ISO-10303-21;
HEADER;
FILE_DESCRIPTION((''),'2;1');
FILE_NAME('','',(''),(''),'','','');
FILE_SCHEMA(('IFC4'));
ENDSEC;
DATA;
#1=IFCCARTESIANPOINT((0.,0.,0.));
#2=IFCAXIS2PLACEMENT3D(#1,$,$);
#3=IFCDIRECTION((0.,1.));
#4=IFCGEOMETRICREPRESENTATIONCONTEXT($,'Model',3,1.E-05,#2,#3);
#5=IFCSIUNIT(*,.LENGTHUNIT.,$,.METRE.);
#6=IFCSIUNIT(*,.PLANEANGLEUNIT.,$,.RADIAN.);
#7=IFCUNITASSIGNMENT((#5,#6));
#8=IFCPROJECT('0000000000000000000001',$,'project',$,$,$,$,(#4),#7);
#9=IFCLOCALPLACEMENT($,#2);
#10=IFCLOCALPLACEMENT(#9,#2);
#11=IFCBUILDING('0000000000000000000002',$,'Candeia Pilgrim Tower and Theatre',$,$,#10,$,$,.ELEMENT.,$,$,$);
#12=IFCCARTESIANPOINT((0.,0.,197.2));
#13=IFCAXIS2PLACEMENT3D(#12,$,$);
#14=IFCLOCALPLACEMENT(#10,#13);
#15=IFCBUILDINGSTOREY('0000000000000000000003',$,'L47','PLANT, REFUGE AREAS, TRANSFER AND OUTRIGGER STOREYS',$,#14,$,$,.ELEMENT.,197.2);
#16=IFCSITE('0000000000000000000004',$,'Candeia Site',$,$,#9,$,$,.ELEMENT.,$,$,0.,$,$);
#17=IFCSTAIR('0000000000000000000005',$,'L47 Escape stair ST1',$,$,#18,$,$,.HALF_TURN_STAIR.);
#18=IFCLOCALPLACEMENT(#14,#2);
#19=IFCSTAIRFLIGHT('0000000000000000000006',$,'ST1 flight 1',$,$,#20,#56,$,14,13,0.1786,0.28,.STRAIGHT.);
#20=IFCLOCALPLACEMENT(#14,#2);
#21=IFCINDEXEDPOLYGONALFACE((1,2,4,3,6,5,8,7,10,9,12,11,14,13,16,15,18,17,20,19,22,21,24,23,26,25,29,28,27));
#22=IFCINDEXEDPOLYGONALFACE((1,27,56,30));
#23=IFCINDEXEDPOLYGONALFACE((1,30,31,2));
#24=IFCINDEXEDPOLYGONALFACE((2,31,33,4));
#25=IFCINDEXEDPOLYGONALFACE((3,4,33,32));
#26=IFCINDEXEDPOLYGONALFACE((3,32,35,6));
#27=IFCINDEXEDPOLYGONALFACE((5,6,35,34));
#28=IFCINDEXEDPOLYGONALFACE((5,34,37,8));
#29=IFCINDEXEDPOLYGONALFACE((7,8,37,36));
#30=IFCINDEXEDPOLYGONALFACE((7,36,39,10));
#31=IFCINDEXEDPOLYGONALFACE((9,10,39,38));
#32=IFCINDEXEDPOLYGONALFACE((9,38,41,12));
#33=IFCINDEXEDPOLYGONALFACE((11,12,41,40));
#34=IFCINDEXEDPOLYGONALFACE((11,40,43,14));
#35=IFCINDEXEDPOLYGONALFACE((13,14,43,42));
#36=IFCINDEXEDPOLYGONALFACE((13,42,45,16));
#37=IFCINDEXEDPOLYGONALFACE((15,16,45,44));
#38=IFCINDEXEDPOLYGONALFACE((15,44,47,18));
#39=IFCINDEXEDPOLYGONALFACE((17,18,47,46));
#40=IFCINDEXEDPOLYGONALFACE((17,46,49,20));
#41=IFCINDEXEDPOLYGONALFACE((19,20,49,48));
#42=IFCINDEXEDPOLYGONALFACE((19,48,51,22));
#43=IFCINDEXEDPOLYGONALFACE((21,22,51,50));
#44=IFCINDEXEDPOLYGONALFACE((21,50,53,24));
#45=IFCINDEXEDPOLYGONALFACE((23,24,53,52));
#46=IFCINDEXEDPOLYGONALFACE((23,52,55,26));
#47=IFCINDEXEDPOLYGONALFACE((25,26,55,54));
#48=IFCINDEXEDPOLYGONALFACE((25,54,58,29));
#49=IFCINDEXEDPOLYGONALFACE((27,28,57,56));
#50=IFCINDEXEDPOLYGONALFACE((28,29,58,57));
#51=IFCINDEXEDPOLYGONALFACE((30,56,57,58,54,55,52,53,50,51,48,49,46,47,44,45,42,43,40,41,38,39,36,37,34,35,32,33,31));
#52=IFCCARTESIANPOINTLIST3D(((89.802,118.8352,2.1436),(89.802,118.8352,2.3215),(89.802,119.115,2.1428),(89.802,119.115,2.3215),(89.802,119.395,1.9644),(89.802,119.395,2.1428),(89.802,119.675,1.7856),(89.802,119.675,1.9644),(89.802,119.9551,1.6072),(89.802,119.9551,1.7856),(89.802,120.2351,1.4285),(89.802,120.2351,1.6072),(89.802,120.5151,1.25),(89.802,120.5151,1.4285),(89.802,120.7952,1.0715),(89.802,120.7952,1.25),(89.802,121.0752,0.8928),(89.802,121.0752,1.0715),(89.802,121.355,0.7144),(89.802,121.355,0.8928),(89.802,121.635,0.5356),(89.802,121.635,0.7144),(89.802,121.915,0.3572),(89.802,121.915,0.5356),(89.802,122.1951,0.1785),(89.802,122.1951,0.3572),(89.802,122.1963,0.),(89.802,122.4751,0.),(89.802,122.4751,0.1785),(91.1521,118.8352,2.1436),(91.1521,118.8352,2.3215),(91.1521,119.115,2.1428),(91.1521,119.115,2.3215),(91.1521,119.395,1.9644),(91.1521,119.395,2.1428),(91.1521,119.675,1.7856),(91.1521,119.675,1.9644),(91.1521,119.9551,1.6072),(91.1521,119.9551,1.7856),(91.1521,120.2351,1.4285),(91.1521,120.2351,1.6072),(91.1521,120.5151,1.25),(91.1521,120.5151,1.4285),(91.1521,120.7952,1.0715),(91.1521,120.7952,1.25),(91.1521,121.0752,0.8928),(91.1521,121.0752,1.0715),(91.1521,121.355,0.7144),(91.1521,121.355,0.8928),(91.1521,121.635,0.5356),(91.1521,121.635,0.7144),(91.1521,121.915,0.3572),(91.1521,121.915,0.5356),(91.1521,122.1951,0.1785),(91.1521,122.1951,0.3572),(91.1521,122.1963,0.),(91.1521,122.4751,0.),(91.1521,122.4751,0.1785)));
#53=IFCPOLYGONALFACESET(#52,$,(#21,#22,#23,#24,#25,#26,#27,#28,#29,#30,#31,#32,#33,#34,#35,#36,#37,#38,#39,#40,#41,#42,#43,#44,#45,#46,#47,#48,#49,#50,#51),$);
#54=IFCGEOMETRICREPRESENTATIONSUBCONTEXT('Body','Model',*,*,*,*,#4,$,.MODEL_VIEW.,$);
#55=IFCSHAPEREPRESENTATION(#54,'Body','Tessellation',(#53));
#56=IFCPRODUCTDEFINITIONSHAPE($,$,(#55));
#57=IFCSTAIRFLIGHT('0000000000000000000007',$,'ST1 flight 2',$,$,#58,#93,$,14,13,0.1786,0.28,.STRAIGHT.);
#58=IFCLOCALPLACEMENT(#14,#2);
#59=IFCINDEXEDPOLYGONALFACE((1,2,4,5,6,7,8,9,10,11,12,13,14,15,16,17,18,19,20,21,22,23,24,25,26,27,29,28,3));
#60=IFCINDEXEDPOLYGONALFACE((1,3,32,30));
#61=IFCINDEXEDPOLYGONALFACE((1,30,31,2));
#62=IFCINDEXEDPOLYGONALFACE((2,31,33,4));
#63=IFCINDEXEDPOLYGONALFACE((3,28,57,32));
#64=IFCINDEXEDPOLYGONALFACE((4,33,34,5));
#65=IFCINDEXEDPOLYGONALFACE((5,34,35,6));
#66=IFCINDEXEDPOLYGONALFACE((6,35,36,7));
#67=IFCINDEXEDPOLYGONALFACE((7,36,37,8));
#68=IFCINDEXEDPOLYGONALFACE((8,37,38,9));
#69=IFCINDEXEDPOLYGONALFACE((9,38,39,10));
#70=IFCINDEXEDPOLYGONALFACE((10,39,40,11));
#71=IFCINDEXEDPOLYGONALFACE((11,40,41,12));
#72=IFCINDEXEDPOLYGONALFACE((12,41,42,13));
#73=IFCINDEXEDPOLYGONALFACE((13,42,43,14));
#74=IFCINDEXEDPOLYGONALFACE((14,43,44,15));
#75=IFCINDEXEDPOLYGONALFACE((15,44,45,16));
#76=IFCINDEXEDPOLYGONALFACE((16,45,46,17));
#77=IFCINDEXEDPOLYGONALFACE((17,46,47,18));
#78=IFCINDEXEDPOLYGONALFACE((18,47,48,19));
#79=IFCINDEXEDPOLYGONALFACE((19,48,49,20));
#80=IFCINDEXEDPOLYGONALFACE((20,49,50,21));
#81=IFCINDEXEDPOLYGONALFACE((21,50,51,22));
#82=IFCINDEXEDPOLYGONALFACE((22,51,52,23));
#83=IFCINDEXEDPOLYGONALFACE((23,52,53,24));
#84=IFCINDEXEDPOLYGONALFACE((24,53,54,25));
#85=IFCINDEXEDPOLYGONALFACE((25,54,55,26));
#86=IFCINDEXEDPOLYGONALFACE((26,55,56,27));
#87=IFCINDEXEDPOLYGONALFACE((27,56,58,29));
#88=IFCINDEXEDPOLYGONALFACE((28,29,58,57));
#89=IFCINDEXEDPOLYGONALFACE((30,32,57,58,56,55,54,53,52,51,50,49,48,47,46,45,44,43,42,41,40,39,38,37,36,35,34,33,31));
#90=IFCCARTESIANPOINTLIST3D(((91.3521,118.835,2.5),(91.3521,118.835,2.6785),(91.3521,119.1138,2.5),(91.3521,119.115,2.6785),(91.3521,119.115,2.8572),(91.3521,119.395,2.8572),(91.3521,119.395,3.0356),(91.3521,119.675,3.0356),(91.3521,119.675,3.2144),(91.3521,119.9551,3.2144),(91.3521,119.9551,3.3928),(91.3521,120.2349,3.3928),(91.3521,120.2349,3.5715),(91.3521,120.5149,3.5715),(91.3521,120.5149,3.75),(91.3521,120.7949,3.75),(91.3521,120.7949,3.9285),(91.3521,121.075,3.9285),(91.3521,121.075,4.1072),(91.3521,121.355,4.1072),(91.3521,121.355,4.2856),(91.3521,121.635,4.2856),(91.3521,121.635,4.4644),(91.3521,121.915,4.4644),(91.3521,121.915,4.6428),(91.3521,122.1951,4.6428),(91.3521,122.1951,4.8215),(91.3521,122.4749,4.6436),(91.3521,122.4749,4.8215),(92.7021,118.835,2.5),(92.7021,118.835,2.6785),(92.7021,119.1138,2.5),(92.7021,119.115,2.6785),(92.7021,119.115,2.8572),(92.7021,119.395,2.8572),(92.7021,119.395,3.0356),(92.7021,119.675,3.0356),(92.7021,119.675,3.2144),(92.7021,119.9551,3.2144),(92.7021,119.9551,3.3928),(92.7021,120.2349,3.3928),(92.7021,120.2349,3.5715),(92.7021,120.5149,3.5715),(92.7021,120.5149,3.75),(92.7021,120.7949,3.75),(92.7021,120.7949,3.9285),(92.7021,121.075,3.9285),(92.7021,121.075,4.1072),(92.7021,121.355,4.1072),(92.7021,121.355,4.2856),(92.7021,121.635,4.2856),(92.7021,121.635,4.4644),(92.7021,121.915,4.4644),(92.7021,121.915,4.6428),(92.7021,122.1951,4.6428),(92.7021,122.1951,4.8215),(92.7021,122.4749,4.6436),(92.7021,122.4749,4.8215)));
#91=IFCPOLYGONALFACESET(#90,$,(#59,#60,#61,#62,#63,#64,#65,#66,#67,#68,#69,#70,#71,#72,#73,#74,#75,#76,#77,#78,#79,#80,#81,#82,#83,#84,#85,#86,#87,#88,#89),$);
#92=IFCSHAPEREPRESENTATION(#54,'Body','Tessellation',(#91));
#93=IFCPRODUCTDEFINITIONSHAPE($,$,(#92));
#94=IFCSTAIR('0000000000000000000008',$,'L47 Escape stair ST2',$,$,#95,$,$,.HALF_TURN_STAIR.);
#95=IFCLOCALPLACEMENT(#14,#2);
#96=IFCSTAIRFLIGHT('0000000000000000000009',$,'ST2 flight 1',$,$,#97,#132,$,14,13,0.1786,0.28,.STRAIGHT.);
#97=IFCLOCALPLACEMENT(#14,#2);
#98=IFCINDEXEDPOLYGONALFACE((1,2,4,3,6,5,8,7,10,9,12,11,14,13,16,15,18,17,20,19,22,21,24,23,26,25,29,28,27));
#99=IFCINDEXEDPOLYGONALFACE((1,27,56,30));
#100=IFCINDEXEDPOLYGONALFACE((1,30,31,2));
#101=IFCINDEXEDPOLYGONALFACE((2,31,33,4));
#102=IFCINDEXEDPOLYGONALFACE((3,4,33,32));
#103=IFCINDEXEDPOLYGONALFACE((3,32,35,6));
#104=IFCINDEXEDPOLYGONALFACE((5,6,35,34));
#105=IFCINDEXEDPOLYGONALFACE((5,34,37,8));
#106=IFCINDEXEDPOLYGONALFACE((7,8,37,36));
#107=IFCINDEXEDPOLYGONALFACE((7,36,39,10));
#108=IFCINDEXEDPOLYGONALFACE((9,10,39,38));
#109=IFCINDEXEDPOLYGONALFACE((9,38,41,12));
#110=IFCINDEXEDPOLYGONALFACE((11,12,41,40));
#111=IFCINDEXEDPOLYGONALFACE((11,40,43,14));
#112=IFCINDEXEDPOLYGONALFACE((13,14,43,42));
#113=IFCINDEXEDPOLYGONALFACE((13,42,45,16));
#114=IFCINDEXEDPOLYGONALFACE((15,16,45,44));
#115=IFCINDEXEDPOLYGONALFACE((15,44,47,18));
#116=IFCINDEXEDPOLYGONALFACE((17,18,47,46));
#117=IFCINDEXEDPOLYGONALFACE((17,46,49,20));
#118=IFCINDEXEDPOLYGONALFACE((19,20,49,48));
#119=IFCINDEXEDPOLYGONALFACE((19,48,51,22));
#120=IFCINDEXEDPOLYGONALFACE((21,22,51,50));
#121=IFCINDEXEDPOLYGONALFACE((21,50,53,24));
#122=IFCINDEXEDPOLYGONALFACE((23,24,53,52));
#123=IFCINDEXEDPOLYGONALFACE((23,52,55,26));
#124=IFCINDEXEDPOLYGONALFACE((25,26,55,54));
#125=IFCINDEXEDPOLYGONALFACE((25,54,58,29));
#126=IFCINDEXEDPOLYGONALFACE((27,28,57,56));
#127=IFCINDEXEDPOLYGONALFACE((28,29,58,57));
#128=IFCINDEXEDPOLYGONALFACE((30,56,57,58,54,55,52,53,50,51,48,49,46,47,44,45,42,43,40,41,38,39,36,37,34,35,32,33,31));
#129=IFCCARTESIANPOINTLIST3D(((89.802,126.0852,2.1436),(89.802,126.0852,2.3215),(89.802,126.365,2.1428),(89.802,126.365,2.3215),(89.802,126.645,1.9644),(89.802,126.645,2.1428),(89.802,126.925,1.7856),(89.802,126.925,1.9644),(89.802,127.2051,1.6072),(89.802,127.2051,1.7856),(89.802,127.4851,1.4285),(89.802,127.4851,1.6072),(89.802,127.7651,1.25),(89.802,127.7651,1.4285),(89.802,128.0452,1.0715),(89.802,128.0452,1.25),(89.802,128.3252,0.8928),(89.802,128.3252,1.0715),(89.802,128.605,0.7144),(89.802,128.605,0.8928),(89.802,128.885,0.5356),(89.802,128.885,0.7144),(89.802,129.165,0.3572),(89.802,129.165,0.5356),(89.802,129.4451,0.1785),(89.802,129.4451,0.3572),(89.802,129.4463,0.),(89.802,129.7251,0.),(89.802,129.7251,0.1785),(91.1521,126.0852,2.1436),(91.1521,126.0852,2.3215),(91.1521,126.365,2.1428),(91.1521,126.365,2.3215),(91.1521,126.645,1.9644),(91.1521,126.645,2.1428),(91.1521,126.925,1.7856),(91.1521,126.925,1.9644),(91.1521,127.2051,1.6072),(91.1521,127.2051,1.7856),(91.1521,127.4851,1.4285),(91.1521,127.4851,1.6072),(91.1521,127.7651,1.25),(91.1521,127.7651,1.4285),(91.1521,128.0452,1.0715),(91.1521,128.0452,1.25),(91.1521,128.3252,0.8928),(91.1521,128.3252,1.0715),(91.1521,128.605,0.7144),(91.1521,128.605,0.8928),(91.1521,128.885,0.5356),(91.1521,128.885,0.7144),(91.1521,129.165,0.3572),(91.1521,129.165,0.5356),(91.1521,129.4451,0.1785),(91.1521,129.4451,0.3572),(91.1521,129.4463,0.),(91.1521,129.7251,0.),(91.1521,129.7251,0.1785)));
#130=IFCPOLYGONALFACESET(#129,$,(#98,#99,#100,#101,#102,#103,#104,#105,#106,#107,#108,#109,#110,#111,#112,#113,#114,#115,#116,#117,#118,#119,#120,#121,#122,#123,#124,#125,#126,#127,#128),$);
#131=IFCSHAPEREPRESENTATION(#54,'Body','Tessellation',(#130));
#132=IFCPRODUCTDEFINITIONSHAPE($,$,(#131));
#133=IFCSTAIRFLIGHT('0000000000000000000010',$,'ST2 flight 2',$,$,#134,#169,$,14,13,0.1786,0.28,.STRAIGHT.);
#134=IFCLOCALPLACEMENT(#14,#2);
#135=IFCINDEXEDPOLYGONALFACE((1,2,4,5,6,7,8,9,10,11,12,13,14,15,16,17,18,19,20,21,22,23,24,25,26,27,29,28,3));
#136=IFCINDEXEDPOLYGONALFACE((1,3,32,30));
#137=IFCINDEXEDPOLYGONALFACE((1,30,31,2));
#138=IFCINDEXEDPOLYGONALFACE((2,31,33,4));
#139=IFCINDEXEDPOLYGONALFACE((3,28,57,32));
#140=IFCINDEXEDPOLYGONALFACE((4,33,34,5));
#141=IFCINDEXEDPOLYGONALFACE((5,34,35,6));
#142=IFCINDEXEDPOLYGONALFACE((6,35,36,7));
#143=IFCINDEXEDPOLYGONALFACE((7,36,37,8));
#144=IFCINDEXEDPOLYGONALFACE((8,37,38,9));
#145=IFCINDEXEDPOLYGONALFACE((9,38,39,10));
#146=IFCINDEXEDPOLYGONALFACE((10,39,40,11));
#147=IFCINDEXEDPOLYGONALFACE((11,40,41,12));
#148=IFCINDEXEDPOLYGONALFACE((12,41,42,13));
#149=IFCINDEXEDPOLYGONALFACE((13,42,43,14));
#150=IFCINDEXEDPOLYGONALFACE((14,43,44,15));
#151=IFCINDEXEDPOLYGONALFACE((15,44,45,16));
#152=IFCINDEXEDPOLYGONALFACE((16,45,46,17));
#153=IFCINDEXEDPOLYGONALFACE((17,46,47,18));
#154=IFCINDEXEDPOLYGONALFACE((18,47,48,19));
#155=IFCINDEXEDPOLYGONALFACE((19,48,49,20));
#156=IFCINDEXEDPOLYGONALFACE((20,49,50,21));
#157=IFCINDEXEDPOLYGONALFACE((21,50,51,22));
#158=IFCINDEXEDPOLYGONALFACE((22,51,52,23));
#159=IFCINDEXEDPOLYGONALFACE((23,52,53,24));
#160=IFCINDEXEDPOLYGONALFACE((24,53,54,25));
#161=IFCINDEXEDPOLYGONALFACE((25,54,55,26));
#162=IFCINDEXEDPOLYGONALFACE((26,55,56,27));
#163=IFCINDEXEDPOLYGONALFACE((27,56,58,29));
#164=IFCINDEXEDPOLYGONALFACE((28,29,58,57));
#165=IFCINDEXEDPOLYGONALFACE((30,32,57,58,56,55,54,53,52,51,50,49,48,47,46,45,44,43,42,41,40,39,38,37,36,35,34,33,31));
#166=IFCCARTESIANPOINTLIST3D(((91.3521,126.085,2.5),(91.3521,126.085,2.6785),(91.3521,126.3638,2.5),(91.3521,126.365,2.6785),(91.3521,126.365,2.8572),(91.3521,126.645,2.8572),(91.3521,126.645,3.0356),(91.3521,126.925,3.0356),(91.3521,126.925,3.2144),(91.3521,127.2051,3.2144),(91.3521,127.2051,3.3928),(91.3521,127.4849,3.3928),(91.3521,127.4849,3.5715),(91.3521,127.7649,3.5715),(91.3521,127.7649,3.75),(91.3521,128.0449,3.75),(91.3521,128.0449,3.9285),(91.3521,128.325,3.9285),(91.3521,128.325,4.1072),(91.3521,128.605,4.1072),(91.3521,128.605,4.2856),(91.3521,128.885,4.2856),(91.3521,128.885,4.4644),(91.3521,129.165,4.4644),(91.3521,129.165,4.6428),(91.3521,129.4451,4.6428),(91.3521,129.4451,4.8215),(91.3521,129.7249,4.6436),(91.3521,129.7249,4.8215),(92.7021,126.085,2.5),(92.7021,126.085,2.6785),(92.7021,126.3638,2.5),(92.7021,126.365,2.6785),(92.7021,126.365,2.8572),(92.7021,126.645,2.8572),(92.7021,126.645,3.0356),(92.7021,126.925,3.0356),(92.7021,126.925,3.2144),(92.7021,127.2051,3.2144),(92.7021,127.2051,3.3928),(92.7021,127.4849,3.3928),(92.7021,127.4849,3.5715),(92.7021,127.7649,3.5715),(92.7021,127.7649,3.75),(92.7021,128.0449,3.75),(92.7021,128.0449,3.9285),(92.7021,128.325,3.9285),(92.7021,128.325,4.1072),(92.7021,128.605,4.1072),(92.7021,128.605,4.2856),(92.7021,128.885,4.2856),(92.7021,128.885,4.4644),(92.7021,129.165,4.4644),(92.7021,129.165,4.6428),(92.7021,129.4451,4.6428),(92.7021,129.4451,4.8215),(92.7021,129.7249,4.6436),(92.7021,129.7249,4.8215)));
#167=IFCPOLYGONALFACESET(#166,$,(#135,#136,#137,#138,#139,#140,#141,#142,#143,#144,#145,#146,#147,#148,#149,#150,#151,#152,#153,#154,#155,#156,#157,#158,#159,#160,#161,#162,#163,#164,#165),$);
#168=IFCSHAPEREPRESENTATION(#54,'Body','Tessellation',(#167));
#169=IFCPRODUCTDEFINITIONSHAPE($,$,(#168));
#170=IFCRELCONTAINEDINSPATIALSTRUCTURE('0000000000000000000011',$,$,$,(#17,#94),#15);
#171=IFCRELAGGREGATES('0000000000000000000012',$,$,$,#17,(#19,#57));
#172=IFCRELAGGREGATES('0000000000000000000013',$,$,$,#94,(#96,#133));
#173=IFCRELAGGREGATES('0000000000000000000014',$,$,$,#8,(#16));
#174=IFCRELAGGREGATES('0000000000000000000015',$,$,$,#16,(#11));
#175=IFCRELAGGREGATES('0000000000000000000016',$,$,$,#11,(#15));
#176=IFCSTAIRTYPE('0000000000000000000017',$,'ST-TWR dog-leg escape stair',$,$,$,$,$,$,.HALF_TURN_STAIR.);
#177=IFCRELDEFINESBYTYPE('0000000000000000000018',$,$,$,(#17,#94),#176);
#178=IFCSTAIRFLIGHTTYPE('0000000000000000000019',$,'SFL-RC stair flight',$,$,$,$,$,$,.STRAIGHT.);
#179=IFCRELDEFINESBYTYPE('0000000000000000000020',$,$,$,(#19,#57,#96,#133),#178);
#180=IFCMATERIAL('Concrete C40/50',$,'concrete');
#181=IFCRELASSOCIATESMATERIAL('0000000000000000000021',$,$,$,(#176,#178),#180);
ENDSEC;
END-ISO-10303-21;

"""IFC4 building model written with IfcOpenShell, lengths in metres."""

from ifc_helpers import new_model, si_unit, direction, frame, origin, place, context, subcontext, project, spatial, polyline, outline, extrude, material, type_object, element, aggregate, save


model = new_model("IFC4")

# Units and contexts
model_context = context("Model", 3, precision=1e-05, world=origin(), true_north=direction((0.0, 1.0)))
body_context = subcontext(model_context, "Body", "Model", "MODEL_VIEW")
ifc_project = project(units=[si_unit("LENGTHUNIT", "METRE"), si_unit("PLANEANGLEUNIT", "RADIAN")], contexts=[model_context])

# Site, building, storey
site_placement = place(None, origin())
site = spatial("IfcSite", under=ifc_project, at=site_placement, Name="Candeia Site", CompositionType="ELEMENT", RefElevation=0.0)
building_placement = place(site_placement, origin())
building = spatial("IfcBuilding", under=site, at=building_placement, Name="Candeia Pilgrim Tower and Theatre", CompositionType="ELEMENT")
storey_placement = place(building_placement, frame((0.0, 0.0, 197.2)))
storey = spatial("IfcBuildingStorey", under=building, at=storey_placement, Name="L47", Description="PLANT, REFUGE AREAS, TRANSFER AND OUTRIGGER STOREYS", CompositionType="ELEMENT", Elevation=197.2)

# Shared definitions
ifc_material_1 = material(Name="Concrete C40/50", Category="concrete")

# Stairs, stair flights
stair_type = type_object("IfcStairType", Name="ST-TWR dog-leg escape stair", PredefinedType="HALF_TURN_STAIR", material=ifc_material_1)
stair_1_placement = place(storey_placement, origin())
stair_1 = element("IfcStair", 1, at=stair_1_placement, inside=storey, type_object=stair_type, Name="L47 Escape stair ST1", PredefinedType="HALF_TURN_STAIR")
stair_flight_type = type_object("IfcStairFlightType", Name="SFL-RC stair flight", PredefinedType="STRAIGHT", material=ifc_material_1)
stair_flight_1_placement = place(storey_placement, frame((90.4771, 122.4751, 0.0), z_axis=(0.0, 0.0, 1.0), x_axis=(0.0, -1.0, 0.0)))
stair_flight_1 = element("IfcStairFlight", 2, at=stair_flight_1_placement, type_object=stair_flight_type, Name="ST1 flight 1", NumberOfRisers=14, NumberOfTreads=13, PredefinedType="STRAIGHT", RiserHeight=0.1786, TreadLength=0.28, context=body_context, shape_type="SweptSolid", body=[
    extrude(outline(polyline([(0.0, 0.0), (0.0, 0.1785), (0.28, 0.1785), (0.28, 0.3572), (0.5601, 0.3572), (0.5601, 0.5356), (0.8401, 0.5356), (0.8401, 0.7144), (1.1201, 0.7144), (1.1201, 0.8928), (1.3999, 0.8928), (1.3999, 1.0715), (1.6799, 1.0715), (1.6799, 1.25), (1.96, 1.25), (1.96, 1.4285), (2.24, 1.4285), (2.24, 1.6072), (2.52, 1.6072), (2.52, 1.7856), (2.8, 1.7856), (2.8, 1.9644), (3.0801, 1.9644), (3.0801, 2.1428), (3.3601, 2.1428), (3.3601, 2.3215), (3.6399, 2.3215), (3.6399, 2.5), (3.6399, 2.1436), (0.2788, 0.0), (0.0, 0.0)])), frame((0.0, 0.675, 0.0), z_axis=(0.0, -1.0, 0.0), x_axis=(1.0, 0.0, 0.0)), (0.0, 0.0, 1.0), 1.3501),
])
stair_flight_2_placement = place(storey_placement, frame((92.0271, 118.835, 2.5), z_axis=(0.0, 0.0, 1.0), x_axis=(0.0, 1.0, 0.0)))
stair_flight_2 = element("IfcStairFlight", 3, at=stair_flight_2_placement, type_object=stair_flight_type, Name="ST1 flight 2", NumberOfRisers=14, NumberOfTreads=13, PredefinedType="STRAIGHT", RiserHeight=0.1786, TreadLength=0.28, context=body_context, shape_type="SweptSolid", body=[
    extrude(outline(polyline([(0.0, 0.0), (0.0, 0.1785), (0.28, 0.1785), (0.28, 0.3572), (0.5601, 0.3572), (0.5601, 0.5356), (0.8401, 0.5356), (0.8401, 0.7144), (1.1201, 0.7144), (1.1201, 0.8928), (1.3999, 0.8928), (1.3999, 1.0715), (1.6799, 1.0715), (1.6799, 1.25), (1.96, 1.25), (1.96, 1.4285), (2.24, 1.4285), (2.24, 1.6072), (2.52, 1.6072), (2.52, 1.7856), (2.8, 1.7856), (2.8, 1.9644), (3.0801, 1.9644), (3.0801, 2.1428), (3.3601, 2.1428), (3.3601, 2.3215), (3.6399, 2.3215), (3.6399, 2.5), (3.6399, 2.1436), (0.2788, 0.0), (0.0, 0.0)])), frame((0.0, 0.675, 0.0), z_axis=(0.0, -1.0, 0.0), x_axis=(1.0, 0.0, 0.0)), (0.0, 0.0, 1.0), 1.3501),
])
aggregate(stair_1, [stair_flight_1, stair_flight_2])
stair_2_placement = place(storey_placement, origin())
stair_2 = element("IfcStair", 4, at=stair_2_placement, inside=storey, type_object=stair_type, Name="L47 Escape stair ST2", PredefinedType="HALF_TURN_STAIR")
stair_flight_3_placement = place(storey_placement, frame((90.4771, 129.7251, 0.0), z_axis=(0.0, 0.0, 1.0), x_axis=(0.0, -1.0, 0.0)))
stair_flight_3 = element("IfcStairFlight", 5, at=stair_flight_3_placement, type_object=stair_flight_type, Name="ST2 flight 1", NumberOfRisers=14, NumberOfTreads=13, PredefinedType="STRAIGHT", RiserHeight=0.1786, TreadLength=0.28, context=body_context, shape_type="SweptSolid", body=[
    extrude(outline(polyline([(0.0, 0.0), (0.0, 0.1785), (0.28, 0.1785), (0.28, 0.3572), (0.5601, 0.3572), (0.5601, 0.5356), (0.8401, 0.5356), (0.8401, 0.7144), (1.1201, 0.7144), (1.1201, 0.8928), (1.3999, 0.8928), (1.3999, 1.0715), (1.6799, 1.0715), (1.6799, 1.25), (1.96, 1.25), (1.96, 1.4285), (2.24, 1.4285), (2.24, 1.6072), (2.52, 1.6072), (2.52, 1.7856), (2.8, 1.7856), (2.8, 1.9644), (3.0801, 1.9644), (3.0801, 2.1428), (3.3601, 2.1428), (3.3601, 2.3215), (3.6399, 2.3215), (3.6399, 2.5), (3.6399, 2.1436), (0.2788, 0.0), (0.0, 0.0)])), frame((0.0, 0.675, 0.0), z_axis=(0.0, -1.0, 0.0), x_axis=(1.0, 0.0, 0.0)), (0.0, 0.0, 1.0), 1.3501),
])
stair_flight_4_placement = place(storey_placement, frame((92.0271, 126.085, 2.5), z_axis=(0.0, 0.0, 1.0), x_axis=(0.0, 1.0, 0.0)))
stair_flight_4 = element("IfcStairFlight", 6, at=stair_flight_4_placement, type_object=stair_flight_type, Name="ST2 flight 2", NumberOfRisers=14, NumberOfTreads=13, PredefinedType="STRAIGHT", RiserHeight=0.1786, TreadLength=0.28, context=body_context, shape_type="SweptSolid", body=[
    extrude(outline(polyline([(0.0, 0.0), (0.0, 0.1785), (0.28, 0.1785), (0.28, 0.3572), (0.5601, 0.3572), (0.5601, 0.5356), (0.8401, 0.5356), (0.8401, 0.7144), (1.1201, 0.7144), (1.1201, 0.8928), (1.3999, 0.8928), (1.3999, 1.0715), (1.6799, 1.0715), (1.6799, 1.25), (1.96, 1.25), (1.96, 1.4285), (2.24, 1.4285), (2.24, 1.6072), (2.52, 1.6072), (2.52, 1.7856), (2.8, 1.7856), (2.8, 1.9644), (3.0801, 1.9644), (3.0801, 2.1428), (3.3601, 2.1428), (3.3601, 2.3215), (3.6399, 2.3215), (3.6399, 2.5), (3.6399, 2.1436), (0.2788, 0.0), (0.0, 0.0)])), frame((0.0, 0.675, 0.0), z_axis=(0.0, -1.0, 0.0), x_axis=(1.0, 0.0, 0.0)), (0.0, 0.0, 1.0), 1.3501),
])
aggregate(stair_2, [stair_flight_3, stair_flight_4])

save(model, "model.ifc")
